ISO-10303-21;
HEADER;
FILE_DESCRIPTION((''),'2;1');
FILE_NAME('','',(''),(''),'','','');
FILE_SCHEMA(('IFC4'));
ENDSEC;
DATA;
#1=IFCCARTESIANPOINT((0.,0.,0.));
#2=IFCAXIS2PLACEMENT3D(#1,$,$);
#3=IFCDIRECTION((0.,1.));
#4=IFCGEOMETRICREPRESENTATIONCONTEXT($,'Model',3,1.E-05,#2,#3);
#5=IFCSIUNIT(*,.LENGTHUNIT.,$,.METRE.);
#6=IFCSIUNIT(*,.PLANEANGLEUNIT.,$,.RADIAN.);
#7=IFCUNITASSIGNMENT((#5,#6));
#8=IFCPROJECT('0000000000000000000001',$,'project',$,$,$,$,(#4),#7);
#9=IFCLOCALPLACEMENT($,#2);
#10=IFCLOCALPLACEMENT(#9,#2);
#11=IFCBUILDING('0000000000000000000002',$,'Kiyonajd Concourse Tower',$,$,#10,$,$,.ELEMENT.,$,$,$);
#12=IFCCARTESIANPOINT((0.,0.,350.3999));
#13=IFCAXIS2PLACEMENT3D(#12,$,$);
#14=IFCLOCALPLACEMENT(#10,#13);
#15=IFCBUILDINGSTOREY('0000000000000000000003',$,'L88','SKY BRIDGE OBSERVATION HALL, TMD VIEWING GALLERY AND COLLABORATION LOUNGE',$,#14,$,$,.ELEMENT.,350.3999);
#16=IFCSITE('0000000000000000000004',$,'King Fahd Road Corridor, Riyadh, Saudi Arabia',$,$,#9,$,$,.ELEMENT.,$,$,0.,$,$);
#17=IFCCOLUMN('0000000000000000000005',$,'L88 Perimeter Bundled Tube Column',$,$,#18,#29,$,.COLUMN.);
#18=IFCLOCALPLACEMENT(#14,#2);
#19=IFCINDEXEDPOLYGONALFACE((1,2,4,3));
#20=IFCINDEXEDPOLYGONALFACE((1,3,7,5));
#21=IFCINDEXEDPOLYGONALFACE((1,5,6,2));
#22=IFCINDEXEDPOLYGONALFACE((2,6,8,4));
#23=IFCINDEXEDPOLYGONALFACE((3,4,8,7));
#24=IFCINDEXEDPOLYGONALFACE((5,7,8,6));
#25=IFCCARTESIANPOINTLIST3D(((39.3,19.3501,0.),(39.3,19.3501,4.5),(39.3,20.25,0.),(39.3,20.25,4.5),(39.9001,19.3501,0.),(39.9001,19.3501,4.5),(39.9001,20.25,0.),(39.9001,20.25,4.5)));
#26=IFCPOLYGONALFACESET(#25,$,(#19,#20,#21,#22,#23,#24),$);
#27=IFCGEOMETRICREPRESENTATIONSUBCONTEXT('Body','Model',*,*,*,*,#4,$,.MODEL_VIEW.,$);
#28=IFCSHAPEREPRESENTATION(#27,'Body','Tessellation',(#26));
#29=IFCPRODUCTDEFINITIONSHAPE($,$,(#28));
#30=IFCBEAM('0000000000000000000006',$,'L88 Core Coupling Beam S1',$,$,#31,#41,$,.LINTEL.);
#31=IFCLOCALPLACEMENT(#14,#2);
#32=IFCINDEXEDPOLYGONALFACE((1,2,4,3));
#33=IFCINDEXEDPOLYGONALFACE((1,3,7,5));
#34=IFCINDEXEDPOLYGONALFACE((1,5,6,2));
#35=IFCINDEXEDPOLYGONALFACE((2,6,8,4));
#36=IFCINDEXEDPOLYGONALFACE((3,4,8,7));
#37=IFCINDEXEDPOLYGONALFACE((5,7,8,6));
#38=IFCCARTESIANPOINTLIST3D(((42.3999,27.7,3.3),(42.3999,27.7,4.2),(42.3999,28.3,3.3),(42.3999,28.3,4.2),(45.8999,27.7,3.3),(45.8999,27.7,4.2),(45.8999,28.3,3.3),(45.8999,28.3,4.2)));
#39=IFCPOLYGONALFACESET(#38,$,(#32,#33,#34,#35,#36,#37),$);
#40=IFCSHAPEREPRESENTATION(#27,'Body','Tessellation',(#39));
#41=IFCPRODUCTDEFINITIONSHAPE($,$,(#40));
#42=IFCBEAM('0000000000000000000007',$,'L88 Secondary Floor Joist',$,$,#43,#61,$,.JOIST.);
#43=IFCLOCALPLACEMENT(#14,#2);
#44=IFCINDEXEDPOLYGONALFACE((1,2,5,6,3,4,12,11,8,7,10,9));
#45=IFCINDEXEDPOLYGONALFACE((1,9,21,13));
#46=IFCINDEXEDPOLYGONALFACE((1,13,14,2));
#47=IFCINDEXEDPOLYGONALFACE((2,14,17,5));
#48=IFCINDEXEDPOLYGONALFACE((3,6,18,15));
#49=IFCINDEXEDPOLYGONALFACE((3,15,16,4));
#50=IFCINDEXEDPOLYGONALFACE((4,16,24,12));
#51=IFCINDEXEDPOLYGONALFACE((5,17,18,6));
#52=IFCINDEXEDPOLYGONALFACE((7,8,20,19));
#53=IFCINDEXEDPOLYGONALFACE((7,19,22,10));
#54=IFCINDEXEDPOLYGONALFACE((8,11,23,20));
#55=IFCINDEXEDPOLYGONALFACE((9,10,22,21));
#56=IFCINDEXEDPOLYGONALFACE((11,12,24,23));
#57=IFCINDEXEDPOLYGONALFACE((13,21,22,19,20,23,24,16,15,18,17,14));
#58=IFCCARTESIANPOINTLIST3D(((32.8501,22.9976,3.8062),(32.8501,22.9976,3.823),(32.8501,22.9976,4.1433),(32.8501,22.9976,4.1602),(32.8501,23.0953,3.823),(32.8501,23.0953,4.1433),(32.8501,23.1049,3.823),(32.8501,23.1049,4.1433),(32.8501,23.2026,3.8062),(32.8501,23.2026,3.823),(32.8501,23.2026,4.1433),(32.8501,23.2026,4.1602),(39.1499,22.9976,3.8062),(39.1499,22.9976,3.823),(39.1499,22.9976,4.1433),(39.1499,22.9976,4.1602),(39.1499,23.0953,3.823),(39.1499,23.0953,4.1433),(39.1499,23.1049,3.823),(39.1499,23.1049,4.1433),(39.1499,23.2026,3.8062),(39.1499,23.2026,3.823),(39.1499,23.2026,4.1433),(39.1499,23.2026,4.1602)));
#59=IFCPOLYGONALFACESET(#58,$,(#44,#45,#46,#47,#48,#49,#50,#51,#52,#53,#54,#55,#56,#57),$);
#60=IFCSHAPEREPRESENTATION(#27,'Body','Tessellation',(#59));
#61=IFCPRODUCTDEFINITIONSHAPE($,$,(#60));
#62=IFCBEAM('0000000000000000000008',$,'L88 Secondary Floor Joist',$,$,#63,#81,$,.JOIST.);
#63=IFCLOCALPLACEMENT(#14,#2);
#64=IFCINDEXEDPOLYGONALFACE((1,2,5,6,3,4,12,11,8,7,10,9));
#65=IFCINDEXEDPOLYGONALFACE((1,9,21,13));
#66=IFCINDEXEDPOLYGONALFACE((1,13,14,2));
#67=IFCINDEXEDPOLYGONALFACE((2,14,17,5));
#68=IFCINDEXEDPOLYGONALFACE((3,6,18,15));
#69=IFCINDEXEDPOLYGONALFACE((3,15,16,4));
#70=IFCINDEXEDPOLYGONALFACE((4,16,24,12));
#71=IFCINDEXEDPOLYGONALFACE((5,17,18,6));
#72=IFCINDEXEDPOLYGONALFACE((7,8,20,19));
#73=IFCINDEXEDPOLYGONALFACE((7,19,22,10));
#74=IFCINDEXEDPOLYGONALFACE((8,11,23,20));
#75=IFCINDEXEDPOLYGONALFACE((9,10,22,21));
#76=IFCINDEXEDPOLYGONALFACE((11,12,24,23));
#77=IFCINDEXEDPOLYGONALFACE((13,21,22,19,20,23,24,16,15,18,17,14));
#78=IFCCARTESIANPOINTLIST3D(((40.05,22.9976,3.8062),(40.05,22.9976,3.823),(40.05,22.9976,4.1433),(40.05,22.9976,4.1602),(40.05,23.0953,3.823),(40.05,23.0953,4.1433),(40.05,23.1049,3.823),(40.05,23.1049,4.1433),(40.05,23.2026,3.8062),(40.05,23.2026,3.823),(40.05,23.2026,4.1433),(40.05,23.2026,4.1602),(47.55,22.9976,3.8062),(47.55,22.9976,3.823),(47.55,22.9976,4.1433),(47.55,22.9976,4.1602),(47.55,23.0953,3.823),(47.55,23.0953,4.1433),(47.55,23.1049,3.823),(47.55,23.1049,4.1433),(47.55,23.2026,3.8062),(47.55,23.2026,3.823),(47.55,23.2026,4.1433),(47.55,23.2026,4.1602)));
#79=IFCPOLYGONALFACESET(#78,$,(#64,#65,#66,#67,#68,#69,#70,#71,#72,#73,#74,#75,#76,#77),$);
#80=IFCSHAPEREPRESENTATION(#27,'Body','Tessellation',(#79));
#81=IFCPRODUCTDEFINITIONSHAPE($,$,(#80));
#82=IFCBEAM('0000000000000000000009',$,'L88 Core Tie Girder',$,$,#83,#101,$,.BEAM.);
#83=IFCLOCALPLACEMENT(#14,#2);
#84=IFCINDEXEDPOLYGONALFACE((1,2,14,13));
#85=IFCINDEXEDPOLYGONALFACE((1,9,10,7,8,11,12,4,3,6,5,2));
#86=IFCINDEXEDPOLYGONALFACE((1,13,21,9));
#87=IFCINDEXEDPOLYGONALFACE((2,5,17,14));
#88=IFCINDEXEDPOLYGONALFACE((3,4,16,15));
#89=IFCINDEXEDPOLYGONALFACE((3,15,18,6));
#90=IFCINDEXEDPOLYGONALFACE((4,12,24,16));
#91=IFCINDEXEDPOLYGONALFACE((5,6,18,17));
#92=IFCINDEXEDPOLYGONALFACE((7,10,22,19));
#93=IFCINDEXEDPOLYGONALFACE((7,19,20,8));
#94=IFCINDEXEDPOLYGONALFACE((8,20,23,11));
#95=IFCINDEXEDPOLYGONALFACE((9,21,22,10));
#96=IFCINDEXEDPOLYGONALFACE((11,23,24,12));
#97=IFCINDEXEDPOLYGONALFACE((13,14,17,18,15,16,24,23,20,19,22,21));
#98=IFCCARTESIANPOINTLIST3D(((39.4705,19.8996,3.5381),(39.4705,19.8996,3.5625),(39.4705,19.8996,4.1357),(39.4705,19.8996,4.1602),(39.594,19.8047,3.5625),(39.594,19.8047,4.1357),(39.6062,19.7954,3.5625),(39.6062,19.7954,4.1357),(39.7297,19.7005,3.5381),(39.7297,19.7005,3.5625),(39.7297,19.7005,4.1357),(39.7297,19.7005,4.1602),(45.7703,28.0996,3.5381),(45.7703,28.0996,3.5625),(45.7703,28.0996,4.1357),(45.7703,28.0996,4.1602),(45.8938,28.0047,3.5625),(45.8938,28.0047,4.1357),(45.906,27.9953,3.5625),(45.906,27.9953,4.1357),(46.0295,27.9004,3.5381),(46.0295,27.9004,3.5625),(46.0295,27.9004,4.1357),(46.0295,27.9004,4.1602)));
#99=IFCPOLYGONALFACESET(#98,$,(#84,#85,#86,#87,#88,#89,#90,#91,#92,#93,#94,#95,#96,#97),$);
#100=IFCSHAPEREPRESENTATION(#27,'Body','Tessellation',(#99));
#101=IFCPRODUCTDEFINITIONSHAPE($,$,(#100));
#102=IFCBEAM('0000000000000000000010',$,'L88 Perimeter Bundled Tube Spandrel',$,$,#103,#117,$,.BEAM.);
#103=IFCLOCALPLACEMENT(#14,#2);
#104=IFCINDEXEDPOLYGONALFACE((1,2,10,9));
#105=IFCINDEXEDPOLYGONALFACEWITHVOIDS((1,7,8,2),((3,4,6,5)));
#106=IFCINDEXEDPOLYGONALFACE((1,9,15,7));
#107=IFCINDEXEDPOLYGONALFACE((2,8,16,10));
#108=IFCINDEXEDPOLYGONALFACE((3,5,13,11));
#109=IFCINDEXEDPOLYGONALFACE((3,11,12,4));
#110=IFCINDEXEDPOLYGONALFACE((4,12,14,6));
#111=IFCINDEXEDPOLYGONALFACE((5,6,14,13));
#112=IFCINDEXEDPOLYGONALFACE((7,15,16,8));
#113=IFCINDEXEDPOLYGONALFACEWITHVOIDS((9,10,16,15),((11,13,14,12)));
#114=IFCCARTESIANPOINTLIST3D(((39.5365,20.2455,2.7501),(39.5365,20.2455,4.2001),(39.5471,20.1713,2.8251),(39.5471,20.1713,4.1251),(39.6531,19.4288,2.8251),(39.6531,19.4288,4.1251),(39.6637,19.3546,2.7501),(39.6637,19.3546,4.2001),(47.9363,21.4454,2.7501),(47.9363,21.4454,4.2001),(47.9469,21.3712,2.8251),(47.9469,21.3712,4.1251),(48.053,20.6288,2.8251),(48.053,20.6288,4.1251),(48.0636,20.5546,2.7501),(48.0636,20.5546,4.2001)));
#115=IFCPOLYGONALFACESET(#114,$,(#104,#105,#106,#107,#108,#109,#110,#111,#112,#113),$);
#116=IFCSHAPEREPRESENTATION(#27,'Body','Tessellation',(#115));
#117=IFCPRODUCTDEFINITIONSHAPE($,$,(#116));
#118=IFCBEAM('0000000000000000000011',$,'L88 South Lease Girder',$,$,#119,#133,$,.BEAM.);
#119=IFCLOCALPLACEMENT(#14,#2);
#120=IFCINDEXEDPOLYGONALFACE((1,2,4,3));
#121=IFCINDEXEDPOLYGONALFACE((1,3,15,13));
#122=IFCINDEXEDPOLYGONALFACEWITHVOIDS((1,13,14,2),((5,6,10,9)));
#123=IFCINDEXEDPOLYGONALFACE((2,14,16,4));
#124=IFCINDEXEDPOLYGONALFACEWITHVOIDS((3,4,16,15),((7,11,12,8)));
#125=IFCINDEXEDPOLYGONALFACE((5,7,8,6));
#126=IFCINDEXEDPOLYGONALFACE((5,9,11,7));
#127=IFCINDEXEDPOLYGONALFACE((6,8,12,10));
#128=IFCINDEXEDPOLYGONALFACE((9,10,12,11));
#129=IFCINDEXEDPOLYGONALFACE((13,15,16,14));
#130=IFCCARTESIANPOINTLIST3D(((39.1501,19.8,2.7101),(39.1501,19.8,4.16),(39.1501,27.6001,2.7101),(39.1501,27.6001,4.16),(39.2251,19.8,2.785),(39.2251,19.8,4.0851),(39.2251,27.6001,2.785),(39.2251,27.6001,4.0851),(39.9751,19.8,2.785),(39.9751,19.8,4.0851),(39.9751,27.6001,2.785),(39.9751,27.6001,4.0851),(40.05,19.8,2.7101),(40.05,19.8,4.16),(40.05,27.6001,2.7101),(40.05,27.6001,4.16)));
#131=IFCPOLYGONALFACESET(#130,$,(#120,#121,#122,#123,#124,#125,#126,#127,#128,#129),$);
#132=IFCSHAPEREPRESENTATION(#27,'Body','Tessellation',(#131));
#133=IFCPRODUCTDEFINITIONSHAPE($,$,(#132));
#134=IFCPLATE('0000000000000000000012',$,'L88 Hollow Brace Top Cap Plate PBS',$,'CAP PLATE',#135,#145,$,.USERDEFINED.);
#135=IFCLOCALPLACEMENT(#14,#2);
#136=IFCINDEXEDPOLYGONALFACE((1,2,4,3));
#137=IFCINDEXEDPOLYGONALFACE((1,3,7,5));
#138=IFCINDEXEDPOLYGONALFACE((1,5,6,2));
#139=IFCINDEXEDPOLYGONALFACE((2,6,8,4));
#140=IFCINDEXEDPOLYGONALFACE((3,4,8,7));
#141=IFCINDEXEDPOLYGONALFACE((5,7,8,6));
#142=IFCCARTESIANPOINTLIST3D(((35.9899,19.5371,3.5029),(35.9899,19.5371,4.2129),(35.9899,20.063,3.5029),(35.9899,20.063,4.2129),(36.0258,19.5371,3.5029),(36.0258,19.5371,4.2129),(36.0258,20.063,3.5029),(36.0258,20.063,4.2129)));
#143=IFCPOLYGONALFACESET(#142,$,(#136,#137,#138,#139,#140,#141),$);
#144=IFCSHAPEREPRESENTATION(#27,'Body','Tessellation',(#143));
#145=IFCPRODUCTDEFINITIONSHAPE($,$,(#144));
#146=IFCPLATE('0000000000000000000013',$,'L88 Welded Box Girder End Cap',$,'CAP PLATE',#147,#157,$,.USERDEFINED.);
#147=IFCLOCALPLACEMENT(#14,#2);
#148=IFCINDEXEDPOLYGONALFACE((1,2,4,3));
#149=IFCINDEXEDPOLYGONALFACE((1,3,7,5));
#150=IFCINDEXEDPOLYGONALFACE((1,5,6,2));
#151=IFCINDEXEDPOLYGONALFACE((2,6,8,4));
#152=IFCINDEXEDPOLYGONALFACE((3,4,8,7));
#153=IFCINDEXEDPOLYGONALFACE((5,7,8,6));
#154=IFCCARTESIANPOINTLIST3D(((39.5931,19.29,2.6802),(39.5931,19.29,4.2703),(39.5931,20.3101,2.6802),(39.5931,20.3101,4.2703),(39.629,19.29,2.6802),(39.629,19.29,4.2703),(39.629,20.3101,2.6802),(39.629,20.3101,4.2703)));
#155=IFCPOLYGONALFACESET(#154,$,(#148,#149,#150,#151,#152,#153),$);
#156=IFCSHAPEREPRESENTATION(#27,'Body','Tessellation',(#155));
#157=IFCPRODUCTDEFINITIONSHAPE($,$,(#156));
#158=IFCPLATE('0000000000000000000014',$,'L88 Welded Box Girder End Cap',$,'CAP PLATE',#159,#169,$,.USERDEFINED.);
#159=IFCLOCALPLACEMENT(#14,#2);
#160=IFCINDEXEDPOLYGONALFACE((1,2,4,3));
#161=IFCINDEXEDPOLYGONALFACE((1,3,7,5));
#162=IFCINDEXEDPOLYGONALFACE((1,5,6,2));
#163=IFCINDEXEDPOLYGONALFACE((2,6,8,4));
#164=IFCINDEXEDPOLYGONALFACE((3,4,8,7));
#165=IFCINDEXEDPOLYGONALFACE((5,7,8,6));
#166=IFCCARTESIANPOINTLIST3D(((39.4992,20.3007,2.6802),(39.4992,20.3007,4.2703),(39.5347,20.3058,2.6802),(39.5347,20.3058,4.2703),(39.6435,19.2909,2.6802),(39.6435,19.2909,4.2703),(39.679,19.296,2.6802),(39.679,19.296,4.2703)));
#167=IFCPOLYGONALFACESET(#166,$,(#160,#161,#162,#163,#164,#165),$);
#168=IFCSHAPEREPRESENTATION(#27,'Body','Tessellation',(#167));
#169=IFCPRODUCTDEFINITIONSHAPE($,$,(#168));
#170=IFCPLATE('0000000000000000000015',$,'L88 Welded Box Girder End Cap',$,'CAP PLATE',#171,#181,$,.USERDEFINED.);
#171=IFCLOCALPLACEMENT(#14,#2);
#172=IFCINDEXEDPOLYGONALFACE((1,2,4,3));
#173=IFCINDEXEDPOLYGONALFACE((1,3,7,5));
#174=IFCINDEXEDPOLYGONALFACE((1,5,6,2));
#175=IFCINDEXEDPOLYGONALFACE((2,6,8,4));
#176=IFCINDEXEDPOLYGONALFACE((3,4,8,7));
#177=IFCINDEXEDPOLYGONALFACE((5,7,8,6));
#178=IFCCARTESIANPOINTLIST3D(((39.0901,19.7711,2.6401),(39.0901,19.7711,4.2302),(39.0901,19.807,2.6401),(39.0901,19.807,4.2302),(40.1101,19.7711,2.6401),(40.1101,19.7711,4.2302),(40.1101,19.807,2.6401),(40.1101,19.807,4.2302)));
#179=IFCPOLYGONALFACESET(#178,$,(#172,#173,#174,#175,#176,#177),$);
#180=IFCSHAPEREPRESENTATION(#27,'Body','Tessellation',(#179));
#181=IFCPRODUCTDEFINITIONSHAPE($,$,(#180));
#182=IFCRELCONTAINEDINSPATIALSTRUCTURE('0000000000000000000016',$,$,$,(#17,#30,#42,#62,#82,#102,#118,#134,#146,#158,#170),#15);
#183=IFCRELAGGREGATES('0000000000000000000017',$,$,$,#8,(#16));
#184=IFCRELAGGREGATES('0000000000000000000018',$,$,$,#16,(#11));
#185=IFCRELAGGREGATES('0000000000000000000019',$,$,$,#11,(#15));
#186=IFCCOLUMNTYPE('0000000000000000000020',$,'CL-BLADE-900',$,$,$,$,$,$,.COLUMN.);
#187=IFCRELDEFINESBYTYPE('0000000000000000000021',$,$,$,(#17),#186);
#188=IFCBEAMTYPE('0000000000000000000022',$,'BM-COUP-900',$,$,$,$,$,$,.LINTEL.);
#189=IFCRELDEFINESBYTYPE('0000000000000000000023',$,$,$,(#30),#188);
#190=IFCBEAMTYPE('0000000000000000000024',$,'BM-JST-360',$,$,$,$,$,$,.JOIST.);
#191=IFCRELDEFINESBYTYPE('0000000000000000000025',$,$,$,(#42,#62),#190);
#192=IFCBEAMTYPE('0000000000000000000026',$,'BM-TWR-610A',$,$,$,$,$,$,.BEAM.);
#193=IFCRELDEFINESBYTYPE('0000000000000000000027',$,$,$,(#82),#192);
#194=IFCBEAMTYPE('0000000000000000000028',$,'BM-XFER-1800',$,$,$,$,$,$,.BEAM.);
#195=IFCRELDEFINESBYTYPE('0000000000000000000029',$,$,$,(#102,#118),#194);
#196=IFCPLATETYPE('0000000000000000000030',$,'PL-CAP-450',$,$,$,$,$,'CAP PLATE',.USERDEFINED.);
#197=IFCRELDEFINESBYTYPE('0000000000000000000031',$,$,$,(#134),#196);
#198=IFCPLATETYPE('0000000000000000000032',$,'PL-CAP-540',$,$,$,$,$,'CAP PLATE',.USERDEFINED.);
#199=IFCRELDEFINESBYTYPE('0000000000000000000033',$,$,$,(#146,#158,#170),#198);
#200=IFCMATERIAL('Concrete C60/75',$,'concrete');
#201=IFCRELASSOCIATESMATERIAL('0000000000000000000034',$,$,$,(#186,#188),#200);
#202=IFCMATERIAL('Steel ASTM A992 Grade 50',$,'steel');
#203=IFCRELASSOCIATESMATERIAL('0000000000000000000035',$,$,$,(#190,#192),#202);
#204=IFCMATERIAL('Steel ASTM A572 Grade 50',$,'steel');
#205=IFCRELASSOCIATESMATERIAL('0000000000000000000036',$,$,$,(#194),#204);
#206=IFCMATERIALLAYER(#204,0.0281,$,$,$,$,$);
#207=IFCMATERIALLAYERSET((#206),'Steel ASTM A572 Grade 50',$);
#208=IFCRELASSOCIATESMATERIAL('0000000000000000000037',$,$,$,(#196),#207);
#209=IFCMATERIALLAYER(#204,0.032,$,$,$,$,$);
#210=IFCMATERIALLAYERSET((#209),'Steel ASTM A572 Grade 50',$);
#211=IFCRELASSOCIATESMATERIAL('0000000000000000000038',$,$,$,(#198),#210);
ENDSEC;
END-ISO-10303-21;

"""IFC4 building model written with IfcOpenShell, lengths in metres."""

from ifc_helpers import new_model, si_unit, direction, frame, origin, origin_2d, place, context, subcontext, project, spatial, rectangle, hollow_rectangle, i_section, extrude, material, layer, layer_set, material_profile, profile_set, type_object, element, save


model = new_model("IFC4")

# Units and contexts
model_context = context("Model", 3, precision=1e-05, world=origin(), true_north=direction((0.0, 1.0)))
body_context = subcontext(model_context, "Body", "Model", "MODEL_VIEW")
ifc_project = project(units=[si_unit("LENGTHUNIT", "METRE"), si_unit("PLANEANGLEUNIT", "RADIAN")], contexts=[model_context])

# Site, building, storey
site_placement = place(None, origin())
site = spatial("IfcSite", under=ifc_project, at=site_placement, Name="King Fahd Road Corridor, Riyadh, Saudi Arabia", CompositionType="ELEMENT", RefElevation=0.0)
building_placement = place(site_placement, origin())
building = spatial("IfcBuilding", under=site, at=building_placement, Name="Kiyonajd Concourse Tower", CompositionType="ELEMENT")
storey_placement = place(building_placement, frame((0.0, 0.0, 350.3999)))
storey = spatial("IfcBuildingStorey", under=building, at=storey_placement, Name="L88", Description="SKY BRIDGE OBSERVATION HALL, TMD VIEWING GALLERY AND COLLABORATION LOUNGE", CompositionType="ELEMENT", Elevation=350.3999)

# Column
ifc_material_1 = material(Name="Concrete C60/75", Category="concrete")
ifc_material_profile_1 = material_profile(ifc_material_1, rectangle(XDim=0.6001, YDim=0.8999, at=origin_2d()), Name="RC-900x600")
ifc_profile_set_1 = profile_set([ifc_material_profile_1], Name="Concrete C60/75")
column_type = type_object("IfcColumnType", Name="CL-BLADE-900", PredefinedType="COLUMN", material=ifc_profile_set_1)
column_placement = place(storey_placement, frame((39.6001, 19.8, 0.0), z_axis=(0.0, 0.0, 1.0), x_axis=(1.0, 0.0, 0.0)))
element("IfcColumn", 1, at=column_placement, inside=storey, type_object=column_type, Name="L88 Perimeter Bundled Tube Column", PredefinedType="COLUMN", context=body_context, shape_type="SweptSolid", body=[
    extrude(rectangle(XDim=0.6001, YDim=0.8999, at=origin_2d()), origin(), (0.0, 0.0, 1.0), 4.5),
])

# Beams
ifc_material_profile_2 = material_profile(ifc_material_1, rectangle(XDim=0.6001, YDim=0.8999, at=origin_2d()), Name="RCBM-600x900")
ifc_profile_set_2 = profile_set([ifc_material_profile_2], Name="Concrete C60/75")
beam_type_1 = type_object("IfcBeamType", Name="BM-COUP-900", PredefinedType="LINTEL", material=ifc_profile_set_2)
beam_1_placement = place(storey_placement, frame((42.3999, 28.0, 3.75), z_axis=(1.0, 0.0, 0.0), x_axis=(0.0, 1.0, 0.0)))
element("IfcBeam", 2, at=beam_1_placement, inside=storey, type_object=beam_type_1, Name="L88 Core Coupling Beam S1", PredefinedType="LINTEL", context=body_context, shape_type="SweptSolid", body=[
    extrude(rectangle(XDim=0.6001, YDim=0.8999, at=origin_2d()), origin(), (0.0, 0.0, 1.0), 3.5),
])
ifc_material_2 = material(Name="Steel ASTM A992 Grade 50", Category="steel")
ifc_material_profile_3 = material_profile(ifc_material_2, i_section(OverallWidth=0.2051, OverallDepth=0.354, WebThickness=0.0095, FlangeThickness=0.0168, at=origin_2d()), Name="W360X79")
ifc_profile_set_3 = profile_set([ifc_material_profile_3], Name="Steel ASTM A992 Grade 50")
beam_type_2 = type_object("IfcBeamType", Name="BM-JST-360", PredefinedType="JOIST", material=ifc_profile_set_3)
beam_2_placement = place(storey_placement, frame((32.8501, 23.1001, 3.9832), z_axis=(1.0, 0.0, 0.0), x_axis=(0.0, 1.0, 0.0)))
element("IfcBeam", 3, at=beam_2_placement, inside=storey, type_object=beam_type_2, Name="L88 Secondary Floor Joist", PredefinedType="JOIST", context=body_context, shape_type="SweptSolid", body=[
    extrude(i_section(OverallWidth=0.2051, OverallDepth=0.354, WebThickness=0.0095, FlangeThickness=0.0168, at=origin_2d()), origin(), (0.0, 0.0, 1.0), 6.2998),
])
beam_3_placement = place(storey_placement, frame((40.05, 23.1001, 3.9832), z_axis=(1.0, 0.0, 0.0), x_axis=(0.0, 1.0, 0.0)))
element("IfcBeam", 4, at=beam_3_placement, inside=storey, type_object=beam_type_2, Name="L88 Secondary Floor Joist", PredefinedType="JOIST", context=body_context, shape_type="SweptSolid", body=[
    extrude(i_section(OverallWidth=0.2051, OverallDepth=0.354, WebThickness=0.0095, FlangeThickness=0.0168, at=origin_2d()), origin(), (0.0, 0.0, 1.0), 7.5),
])
ifc_material_profile_4 = material_profile(ifc_material_2, i_section(OverallWidth=0.3269, OverallDepth=0.6221, WebThickness=0.0154, FlangeThickness=0.0244, at=origin_2d()), Name="W610X195")
ifc_profile_set_4 = profile_set([ifc_material_profile_4], Name="Steel ASTM A992 Grade 50")
beam_type_3 = type_object("IfcBeamType", Name="BM-TWR-610A", PredefinedType="BEAM", material=ifc_profile_set_4)
beam_4_placement = place(storey_placement, frame((39.6001, 19.8, 3.8491), z_axis=(0.609234, 0.792991, 0.0), x_axis=(-0.792991, 0.609234, 0.0)))
element("IfcBeam", 5, at=beam_4_placement, inside=storey, type_object=beam_type_3, Name="L88 Core Tie Girder", PredefinedType="BEAM", context=body_context, shape_type="SweptSolid", body=[
    extrude(i_section(OverallWidth=0.3269, OverallDepth=0.6221, WebThickness=0.0154, FlangeThickness=0.0244, at=origin_2d()), origin(), (0.0, 0.0, 1.0), 10.3406),
])
ifc_material_3 = material(Name="Steel ASTM A572 Grade 50", Category="steel")
ifc_material_profile_5 = material_profile(ifc_material_3, hollow_rectangle(XDim=0.8999, YDim=1.45, WallThickness=0.075, at=origin_2d()), Name="BOX-1450x900x75")
ifc_profile_set_5 = profile_set([ifc_material_profile_5], Name="Steel ASTM A572 Grade 50")
beam_type_4 = type_object("IfcBeamType", Name="BM-XFER-1800", PredefinedType="BEAM", material=ifc_profile_set_5)
beam_5_placement = place(storey_placement, frame((39.6001, 19.8, 3.4751), z_axis=(0.98995, 0.141417, 0.0), x_axis=(-0.141417, 0.98995, 0.0)))
element("IfcBeam", 6, at=beam_5_placement, inside=storey, type_object=beam_type_4, Name="L88 Perimeter Bundled Tube Spandrel", PredefinedType="BEAM", context=body_context, shape_type="SweptSolid", body=[
    extrude(hollow_rectangle(XDim=0.8999, YDim=1.45, WallThickness=0.075, at=origin_2d()), origin(), (0.0, 0.0, 1.0), 8.4851),
])
beam_6_placement = place(storey_placement, frame((39.6001, 19.8, 3.4351), z_axis=(0.0, 1.0, 0.0), x_axis=(-1.0, 0.0, 0.0)))
element("IfcBeam", 7, at=beam_6_placement, inside=storey, type_object=beam_type_4, Name="L88 South Lease Girder", PredefinedType="BEAM", context=body_context, shape_type="SweptSolid", body=[
    extrude(hollow_rectangle(XDim=0.8999, YDim=1.45, WallThickness=0.075, at=origin_2d()), origin(), (0.0, 0.0, 1.0), 7.8),
])

# Plates
ifc_layer_1 = layer(ifc_material_3, 0.0281)
ifc_layer_set_1 = layer_set([ifc_layer_1], Name="Steel ASTM A572 Grade 50")
plate_type_1 = type_object("IfcPlateType", Name="PL-CAP-450", ElementType="CAP PLATE", PredefinedType="USERDEFINED", material=ifc_layer_set_1)
plate_1_placement = place(storey_placement, frame((36.0078, 19.8, 3.5029), z_axis=(0.0, 0.0, 1.0), x_axis=(1.0, 0.0, 0.0)))
element("IfcPlate", 8, at=plate_1_placement, inside=storey, type_object=plate_type_1, Name="L88 Hollow Brace Top Cap Plate PBS", ObjectType="CAP PLATE", PredefinedType="USERDEFINED", context=body_context, shape_type="SweptSolid", body=[
    extrude(rectangle(XDim=0.0359, YDim=0.5259, at=origin_2d()), origin(), (0.0, 0.0, 1.0), 0.71),
])
ifc_layer_2 = layer(ifc_material_3, 0.032)
ifc_layer_set_2 = layer_set([ifc_layer_2], Name="Steel ASTM A572 Grade 50")
plate_type_2 = type_object("IfcPlateType", Name="PL-CAP-540", ElementType="CAP PLATE", PredefinedType="USERDEFINED", material=ifc_layer_set_2)
for number, where, z_axis, x_axis, name in (
    (9, (39.6111, 19.8, 2.6802), (0.0, 0.0, 1.0), (1.0, 0.0, 0.0), "L88 Welded Box Girder End Cap"),
    (10, (39.5891, 19.7983, 2.6802), (0.0, 0.0, 1.0), (-0.98995, -0.14142, 0.0), "L88 Welded Box Girder End Cap"),
    (11, (39.6001, 19.7891, 2.6401), (0.0, 0.0, 1.0), (0.0, -1.0, 0.0), "L88 Welded Box Girder End Cap"),
):
    element("IfcPlate", number, at=place(storey_placement, frame(where, z_axis=z_axis, x_axis=x_axis)), inside=storey, type_object=plate_type_2, Name=name, ObjectType="CAP PLATE", PredefinedType="USERDEFINED", context=body_context, shape_type="SweptSolid", body=[
        extrude(rectangle(XDim=0.0359, YDim=1.02, at=origin_2d()), origin(), (0.0, 0.0, 1.0), 1.5901),
    ])

save(model, "model.ifc")
